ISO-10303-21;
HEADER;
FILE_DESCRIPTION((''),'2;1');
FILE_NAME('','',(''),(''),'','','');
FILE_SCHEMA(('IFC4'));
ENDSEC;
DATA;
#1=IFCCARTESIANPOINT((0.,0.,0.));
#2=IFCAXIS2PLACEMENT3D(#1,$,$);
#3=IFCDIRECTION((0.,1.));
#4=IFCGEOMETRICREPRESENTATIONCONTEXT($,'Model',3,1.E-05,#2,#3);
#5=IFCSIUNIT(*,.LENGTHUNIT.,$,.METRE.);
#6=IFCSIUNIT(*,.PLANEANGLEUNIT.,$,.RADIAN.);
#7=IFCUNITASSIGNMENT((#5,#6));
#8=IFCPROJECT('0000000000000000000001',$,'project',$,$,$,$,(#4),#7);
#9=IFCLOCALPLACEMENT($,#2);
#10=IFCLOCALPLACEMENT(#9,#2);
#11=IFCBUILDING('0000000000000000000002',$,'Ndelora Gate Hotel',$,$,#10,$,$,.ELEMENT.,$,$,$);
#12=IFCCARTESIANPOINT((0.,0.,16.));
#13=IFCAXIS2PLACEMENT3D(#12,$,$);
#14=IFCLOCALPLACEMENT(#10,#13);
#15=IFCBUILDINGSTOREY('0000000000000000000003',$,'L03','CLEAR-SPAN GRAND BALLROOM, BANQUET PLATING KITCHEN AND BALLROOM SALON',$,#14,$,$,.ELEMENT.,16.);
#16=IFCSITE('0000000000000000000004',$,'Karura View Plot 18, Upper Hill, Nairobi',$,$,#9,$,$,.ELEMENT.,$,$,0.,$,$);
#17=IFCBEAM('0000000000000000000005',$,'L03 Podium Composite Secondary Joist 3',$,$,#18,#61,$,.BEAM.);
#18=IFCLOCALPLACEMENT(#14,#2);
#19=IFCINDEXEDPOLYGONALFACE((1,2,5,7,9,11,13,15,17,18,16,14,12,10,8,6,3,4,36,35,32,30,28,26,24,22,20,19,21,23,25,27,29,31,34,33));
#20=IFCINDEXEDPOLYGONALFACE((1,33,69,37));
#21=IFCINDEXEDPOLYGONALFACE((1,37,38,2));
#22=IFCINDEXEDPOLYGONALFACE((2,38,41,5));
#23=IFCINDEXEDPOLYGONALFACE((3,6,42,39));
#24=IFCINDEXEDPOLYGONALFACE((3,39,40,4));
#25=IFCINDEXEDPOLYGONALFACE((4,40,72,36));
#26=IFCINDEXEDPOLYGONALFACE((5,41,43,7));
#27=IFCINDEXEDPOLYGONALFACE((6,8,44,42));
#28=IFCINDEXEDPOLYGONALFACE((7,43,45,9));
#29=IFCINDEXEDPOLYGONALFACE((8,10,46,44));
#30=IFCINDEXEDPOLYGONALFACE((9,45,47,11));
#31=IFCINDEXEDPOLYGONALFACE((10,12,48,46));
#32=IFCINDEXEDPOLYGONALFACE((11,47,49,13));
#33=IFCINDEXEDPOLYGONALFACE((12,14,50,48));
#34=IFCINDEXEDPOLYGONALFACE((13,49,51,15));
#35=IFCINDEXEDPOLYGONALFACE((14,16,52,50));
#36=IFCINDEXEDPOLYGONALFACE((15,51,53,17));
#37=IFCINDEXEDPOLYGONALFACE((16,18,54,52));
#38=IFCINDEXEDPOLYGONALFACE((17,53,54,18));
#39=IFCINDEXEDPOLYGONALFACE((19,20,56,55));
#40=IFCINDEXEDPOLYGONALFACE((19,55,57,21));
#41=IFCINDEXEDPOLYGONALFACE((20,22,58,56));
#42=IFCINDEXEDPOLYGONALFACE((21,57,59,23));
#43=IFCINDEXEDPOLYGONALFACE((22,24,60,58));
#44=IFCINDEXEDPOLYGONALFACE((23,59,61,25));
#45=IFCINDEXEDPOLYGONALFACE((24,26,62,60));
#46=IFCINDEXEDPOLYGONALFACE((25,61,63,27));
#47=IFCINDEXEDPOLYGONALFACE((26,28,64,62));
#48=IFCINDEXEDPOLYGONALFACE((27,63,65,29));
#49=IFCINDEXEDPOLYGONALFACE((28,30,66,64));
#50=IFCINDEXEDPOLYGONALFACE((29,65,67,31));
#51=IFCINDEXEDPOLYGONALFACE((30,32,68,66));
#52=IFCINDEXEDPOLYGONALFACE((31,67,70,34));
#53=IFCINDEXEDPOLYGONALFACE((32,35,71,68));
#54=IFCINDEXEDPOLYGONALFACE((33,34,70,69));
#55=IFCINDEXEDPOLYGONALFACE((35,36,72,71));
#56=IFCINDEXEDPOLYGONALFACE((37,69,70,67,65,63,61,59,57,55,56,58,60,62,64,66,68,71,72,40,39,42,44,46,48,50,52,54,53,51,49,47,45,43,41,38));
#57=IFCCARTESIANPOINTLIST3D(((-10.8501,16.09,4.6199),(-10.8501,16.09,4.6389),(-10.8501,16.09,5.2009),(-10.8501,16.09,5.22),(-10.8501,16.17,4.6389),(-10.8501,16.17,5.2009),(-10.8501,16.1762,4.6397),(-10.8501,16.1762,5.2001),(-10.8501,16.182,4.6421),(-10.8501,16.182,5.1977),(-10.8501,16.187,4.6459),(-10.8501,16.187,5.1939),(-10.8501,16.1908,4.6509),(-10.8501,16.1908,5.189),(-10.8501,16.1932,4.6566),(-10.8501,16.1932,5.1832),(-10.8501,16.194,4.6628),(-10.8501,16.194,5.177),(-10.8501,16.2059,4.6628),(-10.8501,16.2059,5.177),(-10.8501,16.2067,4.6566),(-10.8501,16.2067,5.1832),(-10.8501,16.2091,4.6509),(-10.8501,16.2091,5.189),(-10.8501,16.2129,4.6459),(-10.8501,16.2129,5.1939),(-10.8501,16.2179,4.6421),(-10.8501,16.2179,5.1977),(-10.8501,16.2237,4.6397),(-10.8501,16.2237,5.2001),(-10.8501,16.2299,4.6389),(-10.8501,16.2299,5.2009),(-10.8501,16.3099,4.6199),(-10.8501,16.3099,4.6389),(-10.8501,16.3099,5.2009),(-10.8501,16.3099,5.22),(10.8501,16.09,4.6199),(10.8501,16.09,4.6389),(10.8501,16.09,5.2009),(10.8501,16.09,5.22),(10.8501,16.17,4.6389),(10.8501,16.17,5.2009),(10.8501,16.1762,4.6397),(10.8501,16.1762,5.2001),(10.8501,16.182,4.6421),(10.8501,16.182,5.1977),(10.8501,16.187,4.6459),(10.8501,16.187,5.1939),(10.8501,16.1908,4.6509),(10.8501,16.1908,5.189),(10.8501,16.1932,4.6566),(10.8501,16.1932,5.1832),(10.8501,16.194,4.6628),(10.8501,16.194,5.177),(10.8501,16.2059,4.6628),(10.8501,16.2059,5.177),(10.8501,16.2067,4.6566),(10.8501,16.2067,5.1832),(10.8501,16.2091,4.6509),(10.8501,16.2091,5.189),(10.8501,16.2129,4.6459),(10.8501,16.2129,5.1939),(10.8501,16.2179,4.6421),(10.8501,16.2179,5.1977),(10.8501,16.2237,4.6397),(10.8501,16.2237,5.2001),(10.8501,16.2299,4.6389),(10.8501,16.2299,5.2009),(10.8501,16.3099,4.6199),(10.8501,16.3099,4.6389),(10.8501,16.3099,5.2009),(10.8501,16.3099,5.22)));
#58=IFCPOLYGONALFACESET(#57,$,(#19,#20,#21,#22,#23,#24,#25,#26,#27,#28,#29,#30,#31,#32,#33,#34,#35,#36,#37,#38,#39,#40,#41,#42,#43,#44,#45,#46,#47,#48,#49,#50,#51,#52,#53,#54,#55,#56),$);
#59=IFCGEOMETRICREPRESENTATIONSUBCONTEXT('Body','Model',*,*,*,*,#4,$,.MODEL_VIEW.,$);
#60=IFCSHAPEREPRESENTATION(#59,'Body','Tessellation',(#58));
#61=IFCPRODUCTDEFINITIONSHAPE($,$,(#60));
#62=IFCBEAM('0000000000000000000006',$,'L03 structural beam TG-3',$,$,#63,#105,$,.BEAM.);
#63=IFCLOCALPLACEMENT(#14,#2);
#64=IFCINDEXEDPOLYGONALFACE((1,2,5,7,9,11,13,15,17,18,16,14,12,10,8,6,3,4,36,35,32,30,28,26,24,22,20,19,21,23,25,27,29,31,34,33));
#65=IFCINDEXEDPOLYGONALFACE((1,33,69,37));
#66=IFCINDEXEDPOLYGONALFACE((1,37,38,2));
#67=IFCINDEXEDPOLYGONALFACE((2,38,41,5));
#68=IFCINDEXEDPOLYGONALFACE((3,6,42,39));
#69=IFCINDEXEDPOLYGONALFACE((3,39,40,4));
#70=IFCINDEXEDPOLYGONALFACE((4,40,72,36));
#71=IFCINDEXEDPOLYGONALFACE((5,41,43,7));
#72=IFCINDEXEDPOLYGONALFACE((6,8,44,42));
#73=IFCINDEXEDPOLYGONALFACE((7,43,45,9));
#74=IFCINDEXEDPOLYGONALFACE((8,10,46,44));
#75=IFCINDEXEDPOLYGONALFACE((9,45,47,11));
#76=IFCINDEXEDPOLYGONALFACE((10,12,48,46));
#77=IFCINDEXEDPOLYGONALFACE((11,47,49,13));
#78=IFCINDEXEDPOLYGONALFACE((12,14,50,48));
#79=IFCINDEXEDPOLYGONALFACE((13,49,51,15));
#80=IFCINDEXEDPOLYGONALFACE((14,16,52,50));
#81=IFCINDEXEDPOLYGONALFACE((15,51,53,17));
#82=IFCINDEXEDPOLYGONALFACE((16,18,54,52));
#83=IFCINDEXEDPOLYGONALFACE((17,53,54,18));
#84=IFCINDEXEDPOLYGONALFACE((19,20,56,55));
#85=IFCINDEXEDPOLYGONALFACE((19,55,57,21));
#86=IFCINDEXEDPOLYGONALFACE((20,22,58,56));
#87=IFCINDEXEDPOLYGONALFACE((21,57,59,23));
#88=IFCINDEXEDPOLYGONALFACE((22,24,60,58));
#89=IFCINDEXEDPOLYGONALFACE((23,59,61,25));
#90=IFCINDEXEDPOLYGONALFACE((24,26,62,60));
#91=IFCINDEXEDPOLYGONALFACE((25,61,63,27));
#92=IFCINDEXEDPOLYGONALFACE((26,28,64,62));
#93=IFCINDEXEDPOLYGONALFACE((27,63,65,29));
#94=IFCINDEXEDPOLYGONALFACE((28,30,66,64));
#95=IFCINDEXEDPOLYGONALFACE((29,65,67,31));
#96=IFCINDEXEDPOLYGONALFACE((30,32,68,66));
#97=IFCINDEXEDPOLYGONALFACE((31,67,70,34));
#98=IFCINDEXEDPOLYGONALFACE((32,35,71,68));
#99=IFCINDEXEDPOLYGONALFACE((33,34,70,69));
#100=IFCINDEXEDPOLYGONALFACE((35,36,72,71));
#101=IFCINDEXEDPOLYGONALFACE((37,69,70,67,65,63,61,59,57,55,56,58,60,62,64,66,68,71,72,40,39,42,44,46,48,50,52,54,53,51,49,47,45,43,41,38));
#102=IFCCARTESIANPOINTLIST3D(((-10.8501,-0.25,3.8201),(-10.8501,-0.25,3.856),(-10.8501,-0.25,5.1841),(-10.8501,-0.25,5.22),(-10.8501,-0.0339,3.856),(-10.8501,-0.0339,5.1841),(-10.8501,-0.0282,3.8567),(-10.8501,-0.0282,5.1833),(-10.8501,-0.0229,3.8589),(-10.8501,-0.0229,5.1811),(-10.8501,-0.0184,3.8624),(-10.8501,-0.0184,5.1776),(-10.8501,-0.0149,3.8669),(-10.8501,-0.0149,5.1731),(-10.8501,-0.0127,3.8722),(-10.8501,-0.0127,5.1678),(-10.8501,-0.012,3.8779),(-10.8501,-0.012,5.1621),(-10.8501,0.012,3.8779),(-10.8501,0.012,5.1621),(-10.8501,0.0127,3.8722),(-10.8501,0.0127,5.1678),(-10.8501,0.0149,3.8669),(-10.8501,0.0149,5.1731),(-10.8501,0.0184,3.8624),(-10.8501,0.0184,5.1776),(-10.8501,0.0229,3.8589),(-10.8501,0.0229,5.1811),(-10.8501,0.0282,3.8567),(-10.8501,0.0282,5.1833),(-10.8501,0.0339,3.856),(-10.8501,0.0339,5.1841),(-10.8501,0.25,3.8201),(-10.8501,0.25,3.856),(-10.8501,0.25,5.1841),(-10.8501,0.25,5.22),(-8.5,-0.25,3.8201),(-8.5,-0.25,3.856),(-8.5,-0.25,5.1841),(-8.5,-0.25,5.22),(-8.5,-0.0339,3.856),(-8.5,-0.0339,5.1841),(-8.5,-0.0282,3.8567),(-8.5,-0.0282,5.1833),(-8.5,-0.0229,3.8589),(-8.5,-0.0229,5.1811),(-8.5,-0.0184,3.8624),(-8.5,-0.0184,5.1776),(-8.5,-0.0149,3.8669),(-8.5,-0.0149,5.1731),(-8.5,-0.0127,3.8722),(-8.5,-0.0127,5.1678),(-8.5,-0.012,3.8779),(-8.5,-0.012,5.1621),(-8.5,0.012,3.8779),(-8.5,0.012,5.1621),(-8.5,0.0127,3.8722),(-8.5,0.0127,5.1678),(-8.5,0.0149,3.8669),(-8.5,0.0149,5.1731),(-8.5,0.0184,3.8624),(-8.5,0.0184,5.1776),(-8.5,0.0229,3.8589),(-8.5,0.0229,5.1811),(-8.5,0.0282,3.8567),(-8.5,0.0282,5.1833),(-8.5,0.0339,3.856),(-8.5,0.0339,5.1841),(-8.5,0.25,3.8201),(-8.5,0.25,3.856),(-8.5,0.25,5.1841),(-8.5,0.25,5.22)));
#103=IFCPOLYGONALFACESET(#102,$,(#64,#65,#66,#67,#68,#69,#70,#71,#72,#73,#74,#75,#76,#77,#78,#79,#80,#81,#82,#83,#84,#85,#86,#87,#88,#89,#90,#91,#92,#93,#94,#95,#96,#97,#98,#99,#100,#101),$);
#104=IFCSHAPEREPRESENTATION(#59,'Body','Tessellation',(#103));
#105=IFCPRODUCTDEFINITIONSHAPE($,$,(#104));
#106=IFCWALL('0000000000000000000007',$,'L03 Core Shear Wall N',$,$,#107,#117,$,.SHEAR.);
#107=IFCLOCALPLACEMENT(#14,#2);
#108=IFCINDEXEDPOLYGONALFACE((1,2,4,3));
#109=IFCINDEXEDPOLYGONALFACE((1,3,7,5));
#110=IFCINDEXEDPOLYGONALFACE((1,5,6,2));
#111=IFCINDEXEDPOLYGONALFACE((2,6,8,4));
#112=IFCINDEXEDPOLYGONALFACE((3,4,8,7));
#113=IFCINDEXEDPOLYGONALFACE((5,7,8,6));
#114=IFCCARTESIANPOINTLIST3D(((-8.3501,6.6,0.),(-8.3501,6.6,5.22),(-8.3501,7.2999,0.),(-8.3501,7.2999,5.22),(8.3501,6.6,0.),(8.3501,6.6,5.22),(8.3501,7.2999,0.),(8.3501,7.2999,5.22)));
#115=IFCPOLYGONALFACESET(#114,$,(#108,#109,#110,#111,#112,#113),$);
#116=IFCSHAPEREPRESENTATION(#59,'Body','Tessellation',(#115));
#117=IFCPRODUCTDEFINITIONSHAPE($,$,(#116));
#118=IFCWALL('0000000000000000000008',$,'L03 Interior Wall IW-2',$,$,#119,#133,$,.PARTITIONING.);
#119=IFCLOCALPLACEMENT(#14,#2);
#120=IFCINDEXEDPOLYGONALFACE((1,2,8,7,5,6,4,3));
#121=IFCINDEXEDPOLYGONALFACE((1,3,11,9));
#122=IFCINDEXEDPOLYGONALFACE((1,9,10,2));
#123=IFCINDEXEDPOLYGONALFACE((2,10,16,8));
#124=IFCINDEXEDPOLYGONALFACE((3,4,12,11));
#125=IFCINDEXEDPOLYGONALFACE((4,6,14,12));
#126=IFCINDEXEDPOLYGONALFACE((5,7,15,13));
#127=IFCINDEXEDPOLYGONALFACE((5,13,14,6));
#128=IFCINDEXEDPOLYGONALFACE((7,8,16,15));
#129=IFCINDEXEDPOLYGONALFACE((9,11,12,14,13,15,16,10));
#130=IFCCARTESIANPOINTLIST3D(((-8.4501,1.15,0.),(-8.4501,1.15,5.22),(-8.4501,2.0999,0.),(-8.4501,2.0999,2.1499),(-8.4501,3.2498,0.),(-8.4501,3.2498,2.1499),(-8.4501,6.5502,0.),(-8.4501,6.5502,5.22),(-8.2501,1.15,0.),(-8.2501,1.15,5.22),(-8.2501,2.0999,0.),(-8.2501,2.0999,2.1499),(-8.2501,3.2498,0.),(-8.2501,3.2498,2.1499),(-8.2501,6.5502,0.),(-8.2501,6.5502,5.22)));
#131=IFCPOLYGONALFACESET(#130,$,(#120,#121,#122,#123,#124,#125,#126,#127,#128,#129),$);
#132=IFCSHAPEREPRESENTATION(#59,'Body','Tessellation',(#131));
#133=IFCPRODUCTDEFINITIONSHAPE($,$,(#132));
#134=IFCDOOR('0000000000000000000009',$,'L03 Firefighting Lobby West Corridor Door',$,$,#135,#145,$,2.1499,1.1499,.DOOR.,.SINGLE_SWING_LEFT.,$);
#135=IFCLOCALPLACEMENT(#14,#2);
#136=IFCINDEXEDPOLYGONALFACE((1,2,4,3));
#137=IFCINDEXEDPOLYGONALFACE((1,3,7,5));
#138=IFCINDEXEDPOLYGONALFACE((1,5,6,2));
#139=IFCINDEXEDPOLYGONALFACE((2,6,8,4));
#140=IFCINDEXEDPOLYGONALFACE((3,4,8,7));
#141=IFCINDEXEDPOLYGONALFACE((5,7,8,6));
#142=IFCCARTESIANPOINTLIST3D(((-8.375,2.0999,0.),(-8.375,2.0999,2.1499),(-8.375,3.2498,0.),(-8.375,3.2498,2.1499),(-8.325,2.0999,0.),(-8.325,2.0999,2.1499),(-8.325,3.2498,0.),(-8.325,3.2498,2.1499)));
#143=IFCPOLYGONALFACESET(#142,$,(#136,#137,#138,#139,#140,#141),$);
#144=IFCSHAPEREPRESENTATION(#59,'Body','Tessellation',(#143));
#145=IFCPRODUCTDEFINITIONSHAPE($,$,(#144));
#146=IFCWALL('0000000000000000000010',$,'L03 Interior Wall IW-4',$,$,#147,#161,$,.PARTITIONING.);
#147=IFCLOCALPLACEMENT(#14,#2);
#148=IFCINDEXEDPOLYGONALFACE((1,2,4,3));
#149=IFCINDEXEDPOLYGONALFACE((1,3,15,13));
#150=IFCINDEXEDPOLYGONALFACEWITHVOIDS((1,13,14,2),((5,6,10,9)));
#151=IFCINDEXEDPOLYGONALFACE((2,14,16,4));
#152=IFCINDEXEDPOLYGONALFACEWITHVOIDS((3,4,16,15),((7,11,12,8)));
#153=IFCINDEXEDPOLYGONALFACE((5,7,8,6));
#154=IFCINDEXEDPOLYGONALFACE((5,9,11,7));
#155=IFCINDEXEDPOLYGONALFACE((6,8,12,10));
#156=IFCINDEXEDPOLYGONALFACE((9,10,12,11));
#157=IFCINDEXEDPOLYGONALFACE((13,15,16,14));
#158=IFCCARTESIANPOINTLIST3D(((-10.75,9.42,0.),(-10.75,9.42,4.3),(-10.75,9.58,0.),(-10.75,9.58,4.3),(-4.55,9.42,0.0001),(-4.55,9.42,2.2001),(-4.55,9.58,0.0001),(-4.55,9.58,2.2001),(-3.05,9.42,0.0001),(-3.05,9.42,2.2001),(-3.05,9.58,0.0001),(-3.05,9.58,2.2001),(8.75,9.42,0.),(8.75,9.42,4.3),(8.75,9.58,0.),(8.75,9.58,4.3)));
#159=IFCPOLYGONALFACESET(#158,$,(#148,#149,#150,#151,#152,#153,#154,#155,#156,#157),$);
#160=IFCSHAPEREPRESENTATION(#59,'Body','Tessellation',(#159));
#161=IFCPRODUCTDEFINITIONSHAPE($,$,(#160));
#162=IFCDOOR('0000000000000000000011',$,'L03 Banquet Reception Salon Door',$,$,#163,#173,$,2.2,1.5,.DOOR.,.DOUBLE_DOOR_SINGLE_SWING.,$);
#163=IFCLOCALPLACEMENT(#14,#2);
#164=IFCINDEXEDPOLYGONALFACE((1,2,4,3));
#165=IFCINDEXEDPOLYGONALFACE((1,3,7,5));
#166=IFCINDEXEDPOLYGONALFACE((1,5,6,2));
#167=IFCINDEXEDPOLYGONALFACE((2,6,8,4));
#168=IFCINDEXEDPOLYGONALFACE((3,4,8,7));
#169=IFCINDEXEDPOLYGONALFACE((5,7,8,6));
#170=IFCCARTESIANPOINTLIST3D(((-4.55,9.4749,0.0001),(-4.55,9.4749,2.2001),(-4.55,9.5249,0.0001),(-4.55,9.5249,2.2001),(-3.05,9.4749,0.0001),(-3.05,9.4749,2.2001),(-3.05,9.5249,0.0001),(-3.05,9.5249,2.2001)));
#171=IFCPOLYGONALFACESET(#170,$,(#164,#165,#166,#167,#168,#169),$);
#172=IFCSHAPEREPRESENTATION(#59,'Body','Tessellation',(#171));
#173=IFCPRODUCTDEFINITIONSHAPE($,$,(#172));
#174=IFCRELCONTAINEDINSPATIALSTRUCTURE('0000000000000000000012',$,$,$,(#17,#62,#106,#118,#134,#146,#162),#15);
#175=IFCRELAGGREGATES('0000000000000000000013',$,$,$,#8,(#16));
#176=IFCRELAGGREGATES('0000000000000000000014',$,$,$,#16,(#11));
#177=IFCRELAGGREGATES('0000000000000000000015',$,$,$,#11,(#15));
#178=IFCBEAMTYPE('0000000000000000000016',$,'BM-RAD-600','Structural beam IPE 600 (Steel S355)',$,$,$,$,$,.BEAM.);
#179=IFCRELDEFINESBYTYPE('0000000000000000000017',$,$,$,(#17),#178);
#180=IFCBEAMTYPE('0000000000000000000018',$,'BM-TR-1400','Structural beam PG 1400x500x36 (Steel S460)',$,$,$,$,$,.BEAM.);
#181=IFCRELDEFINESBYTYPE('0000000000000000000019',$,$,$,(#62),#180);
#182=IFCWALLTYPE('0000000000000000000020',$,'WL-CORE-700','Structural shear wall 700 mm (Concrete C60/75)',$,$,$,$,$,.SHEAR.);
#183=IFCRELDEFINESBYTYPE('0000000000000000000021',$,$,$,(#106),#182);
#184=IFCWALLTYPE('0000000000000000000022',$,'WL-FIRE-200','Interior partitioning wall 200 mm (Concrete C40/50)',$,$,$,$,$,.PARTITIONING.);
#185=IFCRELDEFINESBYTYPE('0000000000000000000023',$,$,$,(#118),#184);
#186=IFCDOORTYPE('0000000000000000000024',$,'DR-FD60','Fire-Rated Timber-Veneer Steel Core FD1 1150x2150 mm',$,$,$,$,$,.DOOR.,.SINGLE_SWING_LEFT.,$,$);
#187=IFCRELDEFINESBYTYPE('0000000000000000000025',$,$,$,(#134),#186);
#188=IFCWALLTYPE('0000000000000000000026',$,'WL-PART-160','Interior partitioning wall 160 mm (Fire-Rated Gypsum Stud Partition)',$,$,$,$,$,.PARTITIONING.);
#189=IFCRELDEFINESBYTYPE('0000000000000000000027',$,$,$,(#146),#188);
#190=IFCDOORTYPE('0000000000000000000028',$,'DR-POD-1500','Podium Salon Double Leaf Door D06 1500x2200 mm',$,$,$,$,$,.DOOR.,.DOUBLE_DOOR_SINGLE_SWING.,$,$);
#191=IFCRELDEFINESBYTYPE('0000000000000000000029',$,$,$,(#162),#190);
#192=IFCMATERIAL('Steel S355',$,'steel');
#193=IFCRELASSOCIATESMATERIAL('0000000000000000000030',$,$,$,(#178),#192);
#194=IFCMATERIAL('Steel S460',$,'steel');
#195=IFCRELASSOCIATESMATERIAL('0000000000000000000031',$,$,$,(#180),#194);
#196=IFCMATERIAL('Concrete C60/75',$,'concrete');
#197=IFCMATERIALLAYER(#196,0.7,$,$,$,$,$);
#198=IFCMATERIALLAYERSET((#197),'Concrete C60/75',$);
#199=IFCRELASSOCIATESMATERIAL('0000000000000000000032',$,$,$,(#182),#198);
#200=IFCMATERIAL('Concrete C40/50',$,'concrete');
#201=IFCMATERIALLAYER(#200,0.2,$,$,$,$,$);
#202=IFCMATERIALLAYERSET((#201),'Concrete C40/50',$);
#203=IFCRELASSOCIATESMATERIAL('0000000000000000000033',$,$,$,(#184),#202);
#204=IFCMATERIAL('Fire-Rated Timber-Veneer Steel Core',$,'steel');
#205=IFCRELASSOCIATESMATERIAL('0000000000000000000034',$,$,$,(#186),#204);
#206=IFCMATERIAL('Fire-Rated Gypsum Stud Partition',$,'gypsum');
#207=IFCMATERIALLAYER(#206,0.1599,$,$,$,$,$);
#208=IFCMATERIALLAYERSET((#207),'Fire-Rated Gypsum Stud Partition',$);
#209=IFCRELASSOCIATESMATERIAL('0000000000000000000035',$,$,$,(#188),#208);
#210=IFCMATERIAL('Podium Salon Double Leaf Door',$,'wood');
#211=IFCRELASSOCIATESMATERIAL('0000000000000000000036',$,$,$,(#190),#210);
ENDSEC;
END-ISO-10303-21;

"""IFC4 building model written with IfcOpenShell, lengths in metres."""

from ifc_helpers import new_model, si_unit, direction, frame, frame_2d, origin, origin_2d, place, context, subcontext, project, spatial, rectangle, i_section, extrude, material, layer, layer_set, material_profile, profile_set, type_object, element, fill, save


model = new_model("IFC4")

# Units and contexts
model_context = context("Model", 3, precision=1e-05, world=origin(), true_north=direction((0.0, 1.0)))
body_context = subcontext(model_context, "Body", "Model", "MODEL_VIEW")
ifc_project = project(units=[si_unit("LENGTHUNIT", "METRE"), si_unit("PLANEANGLEUNIT", "RADIAN")], contexts=[model_context])

# Site, building, storey
site_placement = place(None, origin())
site = spatial("IfcSite", under=ifc_project, at=site_placement, Name="Karura View Plot 18, Upper Hill, Nairobi", CompositionType="ELEMENT", RefElevation=0.0)
building_placement = place(site_placement, origin())
building = spatial("IfcBuilding", under=site, at=building_placement, Name="Ndelora Gate Hotel", CompositionType="ELEMENT")
storey_placement = place(building_placement, frame((0.0, 0.0, 16.0)))
storey = spatial("IfcBuildingStorey", under=building, at=storey_placement, Name="L03", Description="CLEAR-SPAN GRAND BALLROOM, BANQUET PLATING KITCHEN AND BALLROOM SALON", CompositionType="ELEMENT", Elevation=16.0)

# Shared definitions
ifc_material_1 = material(Name="Concrete C60/75", Category="concrete")

# Beams
ifc_material_2 = material(Name="Steel S355", Category="steel")
ifc_material_profile_1 = material_profile(ifc_material_2, i_section(OverallWidth=0.22, OverallDepth=0.6001, WebThickness=0.012, FlangeThickness=0.019, FilletRadius=0.0239, at=origin_2d()), Name="IPE 600")
ifc_profile_set_1 = profile_set([ifc_material_profile_1], Name="Steel S355")
beam_type_1 = type_object("IfcBeamType", Name="BM-RAD-600", Description="Structural beam IPE 600 (Steel S355)", PredefinedType="BEAM", material=ifc_profile_set_1)
beam_1_placement = place(storey_placement, frame((-10.8501, 16.2, 4.9199), z_axis=(1.0, 0.0, 0.0), x_axis=(0.0, 1.0, 0.0)))
element("IfcBeam", 1, at=beam_1_placement, inside=storey, type_object=beam_type_1, Name="L03 Podium Composite Secondary Joist 3", PredefinedType="BEAM", context=body_context, shape_type="SweptSolid", body=[
    extrude(i_section(OverallWidth=0.22, OverallDepth=0.6001, WebThickness=0.012, FlangeThickness=0.019, FilletRadius=0.0239, at=origin_2d()), origin(), (0.0, 0.0, 1.0), 21.7002),
])
ifc_material_3 = material(Name="Steel S460", Category="steel")
ifc_material_profile_2 = material_profile(ifc_material_3, i_section(OverallWidth=0.5, OverallDepth=1.3999, WebThickness=0.0239, FlangeThickness=0.0359, FilletRadius=0.022, at=origin_2d()), Name="PG 1400x500x36")
ifc_profile_set_2 = profile_set([ifc_material_profile_2], Name="Steel S460")
beam_type_2 = type_object("IfcBeamType", Name="BM-TR-1400", Description="Structural beam PG 1400x500x36 (Steel S460)", PredefinedType="BEAM", material=ifc_profile_set_2)
beam_2_placement = place(storey_placement, frame((-10.8501, 0.0, 4.52), z_axis=(1.0, 0.0, 0.0), x_axis=(0.0, 1.0, 0.0)))
element("IfcBeam", 2, at=beam_2_placement, inside=storey, type_object=beam_type_2, Name="L03 structural beam TG-3", PredefinedType="BEAM", context=body_context, shape_type="SweptSolid", body=[
    extrude(i_section(OverallWidth=0.5, OverallDepth=1.3999, WebThickness=0.0239, FlangeThickness=0.0359, FilletRadius=0.022, at=origin_2d()), origin(), (0.0, 0.0, 1.0), 2.3501),
])

# Wall
ifc_layer_1 = layer(ifc_material_1, 0.7)
ifc_layer_set_1 = layer_set([ifc_layer_1], Name="Concrete C60/75")
wall_type_1 = type_object("IfcWallType", Name="WL-CORE-700", Description="Structural shear wall 700 mm (Concrete C60/75)", PredefinedType="SHEAR", material=ifc_layer_set_1)
wall_1_placement = place(storey_placement, frame((-8.3501, 6.95, 0.0), z_axis=(0.0, 0.0, 1.0), x_axis=(1.0, 0.0, 0.0)))
element("IfcWall", 3, at=wall_1_placement, inside=storey, type_object=wall_type_1, Name="L03 Core Shear Wall N", PredefinedType="SHEAR", context=body_context, shape_type="SweptSolid", body=[
    extrude(rectangle(XDim=16.7002, YDim=0.7, at=frame_2d((8.3501, 0.0))), origin(), (0.0, 0.0, 1.0), 5.22),
])

# Walls, openings, doors
ifc_material_4 = material(Name="Concrete C40/50", Category="concrete")
ifc_layer_2 = layer(ifc_material_4, 0.2)
ifc_layer_set_2 = layer_set([ifc_layer_2], Name="Concrete C40/50")
wall_type_2 = type_object("IfcWallType", Name="WL-FIRE-200", Description="Interior partitioning wall 200 mm (Concrete C40/50)", PredefinedType="PARTITIONING", material=ifc_layer_set_2)
wall_2_placement = place(storey_placement, frame((-8.3501, 1.1499, 0.0), z_axis=(0.0, 0.0, 1.0), x_axis=(0.0, 1.0, 0.0)))
wall_2 = element("IfcWall", 4, at=wall_2_placement, inside=storey, type_object=wall_type_2, Name="L03 Interior Wall IW-2", PredefinedType="PARTITIONING", context=body_context, shape_type="SweptSolid", body=[
    extrude(rectangle(XDim=5.4001, YDim=0.2, at=frame_2d((2.7002, 0.0))), origin(), (0.0, 0.0, 1.0), 5.22),
])
opening_1_placement = place(wall_2_placement, frame((0.95, 0.0, 0.0)))
opening_1 = element("IfcOpeningElement", 5, at=opening_1_placement, cuts=wall_2, PredefinedType="OPENING", context=body_context, shape_type="SweptSolid", body=[
    extrude(rectangle(XDim=1.1499, YDim=2.1499, at=frame_2d((0.575, 1.075))), frame((0.0, 0.1099, 0.0), z_axis=(0.0, -1.0, 0.0), x_axis=(1.0, 0.0, 0.0)), (0.0, 0.0, 1.0), 0.22),
])
ifc_material_5 = material(Name="Fire-Rated Timber-Veneer Steel Core", Category="steel")
door_type_1 = type_object("IfcDoorType", Name="DR-FD60", Description="Fire-Rated Timber-Veneer Steel Core FD1 1150x2150 mm", OperationType="SINGLE_SWING_LEFT", PredefinedType="DOOR", material=ifc_material_5)
door_1_placement = place(opening_1_placement, origin())
door_1 = element("IfcDoor", 6, at=door_1_placement, inside=storey, type_object=door_type_1, Name="L03 Firefighting Lobby West Corridor Door", OperationType="SINGLE_SWING_LEFT", OverallHeight=2.1499, OverallWidth=1.1499, PredefinedType="DOOR", context=body_context, shape_type="SweptSolid", body=[
    extrude(rectangle(XDim=1.1499, YDim=2.1499, at=frame_2d((0.575, 1.075))), frame((0.0, 0.0249, 0.0), z_axis=(0.0, -1.0, 0.0), x_axis=(1.0, 0.0, 0.0)), (0.0, 0.0, 1.0), 0.05),
])
fill(opening_1, door_1)
ifc_material_6 = material(Name="Fire-Rated Gypsum Stud Partition", Category="gypsum")
ifc_layer_3 = layer(ifc_material_6, 0.1599)
ifc_layer_set_3 = layer_set([ifc_layer_3], Name="Fire-Rated Gypsum Stud Partition")
wall_type_3 = type_object("IfcWallType", Name="WL-PART-160", Description="Interior partitioning wall 160 mm (Fire-Rated Gypsum Stud Partition)", PredefinedType="PARTITIONING", material=ifc_layer_set_3)
wall_3_placement = place(storey_placement, frame((-10.75, 9.5, 0.0), z_axis=(0.0, 0.0, 1.0), x_axis=(1.0, 0.0, 0.0)))
wall_3 = element("IfcWall", 7, at=wall_3_placement, inside=storey, type_object=wall_type_3, Name="L03 Interior Wall IW-4", PredefinedType="PARTITIONING", context=body_context, shape_type="SweptSolid", body=[
    extrude(rectangle(XDim=19.5, YDim=0.1599, at=frame_2d((9.75, 0.0))), origin(), (0.0, 0.0, 1.0), 4.3),
])
opening_2_placement = place(wall_3_placement, frame((6.2, 0.0, 0.0)))
opening_2 = element("IfcOpeningElement", 8, at=opening_2_placement, cuts=wall_3, PredefinedType="OPENING", context=body_context, shape_type="SweptSolid", body=[
    extrude(rectangle(XDim=1.5, YDim=2.2, at=frame_2d((0.75, 1.1001))), frame((0.0, 0.0898, 0.0), z_axis=(0.0, -1.0, 0.0), x_axis=(1.0, 0.0, 0.0)), (0.0, 0.0, 1.0), 0.1799),
])
ifc_material_7 = material(Name="Podium Salon Double Leaf Door", Category="wood")
door_type_2 = type_object("IfcDoorType", Name="DR-POD-1500", Description="Podium Salon Double Leaf Door D06 1500x2200 mm", OperationType="DOUBLE_DOOR_SINGLE_SWING", PredefinedType="DOOR", material=ifc_material_7)
door_2_placement = place(opening_2_placement, origin())
door_2 = element("IfcDoor", 9, at=door_2_placement, inside=storey, type_object=door_type_2, Name="L03 Banquet Reception Salon Door", OperationType="DOUBLE_DOOR_SINGLE_SWING", OverallHeight=2.2, OverallWidth=1.5, PredefinedType="DOOR", context=body_context, shape_type="SweptSolid", body=[
    extrude(rectangle(XDim=1.5, YDim=2.2, at=frame_2d((0.75, 1.1001))), frame((0.0, 0.0249, 0.0), z_axis=(0.0, -1.0, 0.0), x_axis=(1.0, 0.0, 0.0)), (0.0, 0.0, 1.0), 0.05),
])
fill(opening_2, door_2)

save(model, "model.ifc")
